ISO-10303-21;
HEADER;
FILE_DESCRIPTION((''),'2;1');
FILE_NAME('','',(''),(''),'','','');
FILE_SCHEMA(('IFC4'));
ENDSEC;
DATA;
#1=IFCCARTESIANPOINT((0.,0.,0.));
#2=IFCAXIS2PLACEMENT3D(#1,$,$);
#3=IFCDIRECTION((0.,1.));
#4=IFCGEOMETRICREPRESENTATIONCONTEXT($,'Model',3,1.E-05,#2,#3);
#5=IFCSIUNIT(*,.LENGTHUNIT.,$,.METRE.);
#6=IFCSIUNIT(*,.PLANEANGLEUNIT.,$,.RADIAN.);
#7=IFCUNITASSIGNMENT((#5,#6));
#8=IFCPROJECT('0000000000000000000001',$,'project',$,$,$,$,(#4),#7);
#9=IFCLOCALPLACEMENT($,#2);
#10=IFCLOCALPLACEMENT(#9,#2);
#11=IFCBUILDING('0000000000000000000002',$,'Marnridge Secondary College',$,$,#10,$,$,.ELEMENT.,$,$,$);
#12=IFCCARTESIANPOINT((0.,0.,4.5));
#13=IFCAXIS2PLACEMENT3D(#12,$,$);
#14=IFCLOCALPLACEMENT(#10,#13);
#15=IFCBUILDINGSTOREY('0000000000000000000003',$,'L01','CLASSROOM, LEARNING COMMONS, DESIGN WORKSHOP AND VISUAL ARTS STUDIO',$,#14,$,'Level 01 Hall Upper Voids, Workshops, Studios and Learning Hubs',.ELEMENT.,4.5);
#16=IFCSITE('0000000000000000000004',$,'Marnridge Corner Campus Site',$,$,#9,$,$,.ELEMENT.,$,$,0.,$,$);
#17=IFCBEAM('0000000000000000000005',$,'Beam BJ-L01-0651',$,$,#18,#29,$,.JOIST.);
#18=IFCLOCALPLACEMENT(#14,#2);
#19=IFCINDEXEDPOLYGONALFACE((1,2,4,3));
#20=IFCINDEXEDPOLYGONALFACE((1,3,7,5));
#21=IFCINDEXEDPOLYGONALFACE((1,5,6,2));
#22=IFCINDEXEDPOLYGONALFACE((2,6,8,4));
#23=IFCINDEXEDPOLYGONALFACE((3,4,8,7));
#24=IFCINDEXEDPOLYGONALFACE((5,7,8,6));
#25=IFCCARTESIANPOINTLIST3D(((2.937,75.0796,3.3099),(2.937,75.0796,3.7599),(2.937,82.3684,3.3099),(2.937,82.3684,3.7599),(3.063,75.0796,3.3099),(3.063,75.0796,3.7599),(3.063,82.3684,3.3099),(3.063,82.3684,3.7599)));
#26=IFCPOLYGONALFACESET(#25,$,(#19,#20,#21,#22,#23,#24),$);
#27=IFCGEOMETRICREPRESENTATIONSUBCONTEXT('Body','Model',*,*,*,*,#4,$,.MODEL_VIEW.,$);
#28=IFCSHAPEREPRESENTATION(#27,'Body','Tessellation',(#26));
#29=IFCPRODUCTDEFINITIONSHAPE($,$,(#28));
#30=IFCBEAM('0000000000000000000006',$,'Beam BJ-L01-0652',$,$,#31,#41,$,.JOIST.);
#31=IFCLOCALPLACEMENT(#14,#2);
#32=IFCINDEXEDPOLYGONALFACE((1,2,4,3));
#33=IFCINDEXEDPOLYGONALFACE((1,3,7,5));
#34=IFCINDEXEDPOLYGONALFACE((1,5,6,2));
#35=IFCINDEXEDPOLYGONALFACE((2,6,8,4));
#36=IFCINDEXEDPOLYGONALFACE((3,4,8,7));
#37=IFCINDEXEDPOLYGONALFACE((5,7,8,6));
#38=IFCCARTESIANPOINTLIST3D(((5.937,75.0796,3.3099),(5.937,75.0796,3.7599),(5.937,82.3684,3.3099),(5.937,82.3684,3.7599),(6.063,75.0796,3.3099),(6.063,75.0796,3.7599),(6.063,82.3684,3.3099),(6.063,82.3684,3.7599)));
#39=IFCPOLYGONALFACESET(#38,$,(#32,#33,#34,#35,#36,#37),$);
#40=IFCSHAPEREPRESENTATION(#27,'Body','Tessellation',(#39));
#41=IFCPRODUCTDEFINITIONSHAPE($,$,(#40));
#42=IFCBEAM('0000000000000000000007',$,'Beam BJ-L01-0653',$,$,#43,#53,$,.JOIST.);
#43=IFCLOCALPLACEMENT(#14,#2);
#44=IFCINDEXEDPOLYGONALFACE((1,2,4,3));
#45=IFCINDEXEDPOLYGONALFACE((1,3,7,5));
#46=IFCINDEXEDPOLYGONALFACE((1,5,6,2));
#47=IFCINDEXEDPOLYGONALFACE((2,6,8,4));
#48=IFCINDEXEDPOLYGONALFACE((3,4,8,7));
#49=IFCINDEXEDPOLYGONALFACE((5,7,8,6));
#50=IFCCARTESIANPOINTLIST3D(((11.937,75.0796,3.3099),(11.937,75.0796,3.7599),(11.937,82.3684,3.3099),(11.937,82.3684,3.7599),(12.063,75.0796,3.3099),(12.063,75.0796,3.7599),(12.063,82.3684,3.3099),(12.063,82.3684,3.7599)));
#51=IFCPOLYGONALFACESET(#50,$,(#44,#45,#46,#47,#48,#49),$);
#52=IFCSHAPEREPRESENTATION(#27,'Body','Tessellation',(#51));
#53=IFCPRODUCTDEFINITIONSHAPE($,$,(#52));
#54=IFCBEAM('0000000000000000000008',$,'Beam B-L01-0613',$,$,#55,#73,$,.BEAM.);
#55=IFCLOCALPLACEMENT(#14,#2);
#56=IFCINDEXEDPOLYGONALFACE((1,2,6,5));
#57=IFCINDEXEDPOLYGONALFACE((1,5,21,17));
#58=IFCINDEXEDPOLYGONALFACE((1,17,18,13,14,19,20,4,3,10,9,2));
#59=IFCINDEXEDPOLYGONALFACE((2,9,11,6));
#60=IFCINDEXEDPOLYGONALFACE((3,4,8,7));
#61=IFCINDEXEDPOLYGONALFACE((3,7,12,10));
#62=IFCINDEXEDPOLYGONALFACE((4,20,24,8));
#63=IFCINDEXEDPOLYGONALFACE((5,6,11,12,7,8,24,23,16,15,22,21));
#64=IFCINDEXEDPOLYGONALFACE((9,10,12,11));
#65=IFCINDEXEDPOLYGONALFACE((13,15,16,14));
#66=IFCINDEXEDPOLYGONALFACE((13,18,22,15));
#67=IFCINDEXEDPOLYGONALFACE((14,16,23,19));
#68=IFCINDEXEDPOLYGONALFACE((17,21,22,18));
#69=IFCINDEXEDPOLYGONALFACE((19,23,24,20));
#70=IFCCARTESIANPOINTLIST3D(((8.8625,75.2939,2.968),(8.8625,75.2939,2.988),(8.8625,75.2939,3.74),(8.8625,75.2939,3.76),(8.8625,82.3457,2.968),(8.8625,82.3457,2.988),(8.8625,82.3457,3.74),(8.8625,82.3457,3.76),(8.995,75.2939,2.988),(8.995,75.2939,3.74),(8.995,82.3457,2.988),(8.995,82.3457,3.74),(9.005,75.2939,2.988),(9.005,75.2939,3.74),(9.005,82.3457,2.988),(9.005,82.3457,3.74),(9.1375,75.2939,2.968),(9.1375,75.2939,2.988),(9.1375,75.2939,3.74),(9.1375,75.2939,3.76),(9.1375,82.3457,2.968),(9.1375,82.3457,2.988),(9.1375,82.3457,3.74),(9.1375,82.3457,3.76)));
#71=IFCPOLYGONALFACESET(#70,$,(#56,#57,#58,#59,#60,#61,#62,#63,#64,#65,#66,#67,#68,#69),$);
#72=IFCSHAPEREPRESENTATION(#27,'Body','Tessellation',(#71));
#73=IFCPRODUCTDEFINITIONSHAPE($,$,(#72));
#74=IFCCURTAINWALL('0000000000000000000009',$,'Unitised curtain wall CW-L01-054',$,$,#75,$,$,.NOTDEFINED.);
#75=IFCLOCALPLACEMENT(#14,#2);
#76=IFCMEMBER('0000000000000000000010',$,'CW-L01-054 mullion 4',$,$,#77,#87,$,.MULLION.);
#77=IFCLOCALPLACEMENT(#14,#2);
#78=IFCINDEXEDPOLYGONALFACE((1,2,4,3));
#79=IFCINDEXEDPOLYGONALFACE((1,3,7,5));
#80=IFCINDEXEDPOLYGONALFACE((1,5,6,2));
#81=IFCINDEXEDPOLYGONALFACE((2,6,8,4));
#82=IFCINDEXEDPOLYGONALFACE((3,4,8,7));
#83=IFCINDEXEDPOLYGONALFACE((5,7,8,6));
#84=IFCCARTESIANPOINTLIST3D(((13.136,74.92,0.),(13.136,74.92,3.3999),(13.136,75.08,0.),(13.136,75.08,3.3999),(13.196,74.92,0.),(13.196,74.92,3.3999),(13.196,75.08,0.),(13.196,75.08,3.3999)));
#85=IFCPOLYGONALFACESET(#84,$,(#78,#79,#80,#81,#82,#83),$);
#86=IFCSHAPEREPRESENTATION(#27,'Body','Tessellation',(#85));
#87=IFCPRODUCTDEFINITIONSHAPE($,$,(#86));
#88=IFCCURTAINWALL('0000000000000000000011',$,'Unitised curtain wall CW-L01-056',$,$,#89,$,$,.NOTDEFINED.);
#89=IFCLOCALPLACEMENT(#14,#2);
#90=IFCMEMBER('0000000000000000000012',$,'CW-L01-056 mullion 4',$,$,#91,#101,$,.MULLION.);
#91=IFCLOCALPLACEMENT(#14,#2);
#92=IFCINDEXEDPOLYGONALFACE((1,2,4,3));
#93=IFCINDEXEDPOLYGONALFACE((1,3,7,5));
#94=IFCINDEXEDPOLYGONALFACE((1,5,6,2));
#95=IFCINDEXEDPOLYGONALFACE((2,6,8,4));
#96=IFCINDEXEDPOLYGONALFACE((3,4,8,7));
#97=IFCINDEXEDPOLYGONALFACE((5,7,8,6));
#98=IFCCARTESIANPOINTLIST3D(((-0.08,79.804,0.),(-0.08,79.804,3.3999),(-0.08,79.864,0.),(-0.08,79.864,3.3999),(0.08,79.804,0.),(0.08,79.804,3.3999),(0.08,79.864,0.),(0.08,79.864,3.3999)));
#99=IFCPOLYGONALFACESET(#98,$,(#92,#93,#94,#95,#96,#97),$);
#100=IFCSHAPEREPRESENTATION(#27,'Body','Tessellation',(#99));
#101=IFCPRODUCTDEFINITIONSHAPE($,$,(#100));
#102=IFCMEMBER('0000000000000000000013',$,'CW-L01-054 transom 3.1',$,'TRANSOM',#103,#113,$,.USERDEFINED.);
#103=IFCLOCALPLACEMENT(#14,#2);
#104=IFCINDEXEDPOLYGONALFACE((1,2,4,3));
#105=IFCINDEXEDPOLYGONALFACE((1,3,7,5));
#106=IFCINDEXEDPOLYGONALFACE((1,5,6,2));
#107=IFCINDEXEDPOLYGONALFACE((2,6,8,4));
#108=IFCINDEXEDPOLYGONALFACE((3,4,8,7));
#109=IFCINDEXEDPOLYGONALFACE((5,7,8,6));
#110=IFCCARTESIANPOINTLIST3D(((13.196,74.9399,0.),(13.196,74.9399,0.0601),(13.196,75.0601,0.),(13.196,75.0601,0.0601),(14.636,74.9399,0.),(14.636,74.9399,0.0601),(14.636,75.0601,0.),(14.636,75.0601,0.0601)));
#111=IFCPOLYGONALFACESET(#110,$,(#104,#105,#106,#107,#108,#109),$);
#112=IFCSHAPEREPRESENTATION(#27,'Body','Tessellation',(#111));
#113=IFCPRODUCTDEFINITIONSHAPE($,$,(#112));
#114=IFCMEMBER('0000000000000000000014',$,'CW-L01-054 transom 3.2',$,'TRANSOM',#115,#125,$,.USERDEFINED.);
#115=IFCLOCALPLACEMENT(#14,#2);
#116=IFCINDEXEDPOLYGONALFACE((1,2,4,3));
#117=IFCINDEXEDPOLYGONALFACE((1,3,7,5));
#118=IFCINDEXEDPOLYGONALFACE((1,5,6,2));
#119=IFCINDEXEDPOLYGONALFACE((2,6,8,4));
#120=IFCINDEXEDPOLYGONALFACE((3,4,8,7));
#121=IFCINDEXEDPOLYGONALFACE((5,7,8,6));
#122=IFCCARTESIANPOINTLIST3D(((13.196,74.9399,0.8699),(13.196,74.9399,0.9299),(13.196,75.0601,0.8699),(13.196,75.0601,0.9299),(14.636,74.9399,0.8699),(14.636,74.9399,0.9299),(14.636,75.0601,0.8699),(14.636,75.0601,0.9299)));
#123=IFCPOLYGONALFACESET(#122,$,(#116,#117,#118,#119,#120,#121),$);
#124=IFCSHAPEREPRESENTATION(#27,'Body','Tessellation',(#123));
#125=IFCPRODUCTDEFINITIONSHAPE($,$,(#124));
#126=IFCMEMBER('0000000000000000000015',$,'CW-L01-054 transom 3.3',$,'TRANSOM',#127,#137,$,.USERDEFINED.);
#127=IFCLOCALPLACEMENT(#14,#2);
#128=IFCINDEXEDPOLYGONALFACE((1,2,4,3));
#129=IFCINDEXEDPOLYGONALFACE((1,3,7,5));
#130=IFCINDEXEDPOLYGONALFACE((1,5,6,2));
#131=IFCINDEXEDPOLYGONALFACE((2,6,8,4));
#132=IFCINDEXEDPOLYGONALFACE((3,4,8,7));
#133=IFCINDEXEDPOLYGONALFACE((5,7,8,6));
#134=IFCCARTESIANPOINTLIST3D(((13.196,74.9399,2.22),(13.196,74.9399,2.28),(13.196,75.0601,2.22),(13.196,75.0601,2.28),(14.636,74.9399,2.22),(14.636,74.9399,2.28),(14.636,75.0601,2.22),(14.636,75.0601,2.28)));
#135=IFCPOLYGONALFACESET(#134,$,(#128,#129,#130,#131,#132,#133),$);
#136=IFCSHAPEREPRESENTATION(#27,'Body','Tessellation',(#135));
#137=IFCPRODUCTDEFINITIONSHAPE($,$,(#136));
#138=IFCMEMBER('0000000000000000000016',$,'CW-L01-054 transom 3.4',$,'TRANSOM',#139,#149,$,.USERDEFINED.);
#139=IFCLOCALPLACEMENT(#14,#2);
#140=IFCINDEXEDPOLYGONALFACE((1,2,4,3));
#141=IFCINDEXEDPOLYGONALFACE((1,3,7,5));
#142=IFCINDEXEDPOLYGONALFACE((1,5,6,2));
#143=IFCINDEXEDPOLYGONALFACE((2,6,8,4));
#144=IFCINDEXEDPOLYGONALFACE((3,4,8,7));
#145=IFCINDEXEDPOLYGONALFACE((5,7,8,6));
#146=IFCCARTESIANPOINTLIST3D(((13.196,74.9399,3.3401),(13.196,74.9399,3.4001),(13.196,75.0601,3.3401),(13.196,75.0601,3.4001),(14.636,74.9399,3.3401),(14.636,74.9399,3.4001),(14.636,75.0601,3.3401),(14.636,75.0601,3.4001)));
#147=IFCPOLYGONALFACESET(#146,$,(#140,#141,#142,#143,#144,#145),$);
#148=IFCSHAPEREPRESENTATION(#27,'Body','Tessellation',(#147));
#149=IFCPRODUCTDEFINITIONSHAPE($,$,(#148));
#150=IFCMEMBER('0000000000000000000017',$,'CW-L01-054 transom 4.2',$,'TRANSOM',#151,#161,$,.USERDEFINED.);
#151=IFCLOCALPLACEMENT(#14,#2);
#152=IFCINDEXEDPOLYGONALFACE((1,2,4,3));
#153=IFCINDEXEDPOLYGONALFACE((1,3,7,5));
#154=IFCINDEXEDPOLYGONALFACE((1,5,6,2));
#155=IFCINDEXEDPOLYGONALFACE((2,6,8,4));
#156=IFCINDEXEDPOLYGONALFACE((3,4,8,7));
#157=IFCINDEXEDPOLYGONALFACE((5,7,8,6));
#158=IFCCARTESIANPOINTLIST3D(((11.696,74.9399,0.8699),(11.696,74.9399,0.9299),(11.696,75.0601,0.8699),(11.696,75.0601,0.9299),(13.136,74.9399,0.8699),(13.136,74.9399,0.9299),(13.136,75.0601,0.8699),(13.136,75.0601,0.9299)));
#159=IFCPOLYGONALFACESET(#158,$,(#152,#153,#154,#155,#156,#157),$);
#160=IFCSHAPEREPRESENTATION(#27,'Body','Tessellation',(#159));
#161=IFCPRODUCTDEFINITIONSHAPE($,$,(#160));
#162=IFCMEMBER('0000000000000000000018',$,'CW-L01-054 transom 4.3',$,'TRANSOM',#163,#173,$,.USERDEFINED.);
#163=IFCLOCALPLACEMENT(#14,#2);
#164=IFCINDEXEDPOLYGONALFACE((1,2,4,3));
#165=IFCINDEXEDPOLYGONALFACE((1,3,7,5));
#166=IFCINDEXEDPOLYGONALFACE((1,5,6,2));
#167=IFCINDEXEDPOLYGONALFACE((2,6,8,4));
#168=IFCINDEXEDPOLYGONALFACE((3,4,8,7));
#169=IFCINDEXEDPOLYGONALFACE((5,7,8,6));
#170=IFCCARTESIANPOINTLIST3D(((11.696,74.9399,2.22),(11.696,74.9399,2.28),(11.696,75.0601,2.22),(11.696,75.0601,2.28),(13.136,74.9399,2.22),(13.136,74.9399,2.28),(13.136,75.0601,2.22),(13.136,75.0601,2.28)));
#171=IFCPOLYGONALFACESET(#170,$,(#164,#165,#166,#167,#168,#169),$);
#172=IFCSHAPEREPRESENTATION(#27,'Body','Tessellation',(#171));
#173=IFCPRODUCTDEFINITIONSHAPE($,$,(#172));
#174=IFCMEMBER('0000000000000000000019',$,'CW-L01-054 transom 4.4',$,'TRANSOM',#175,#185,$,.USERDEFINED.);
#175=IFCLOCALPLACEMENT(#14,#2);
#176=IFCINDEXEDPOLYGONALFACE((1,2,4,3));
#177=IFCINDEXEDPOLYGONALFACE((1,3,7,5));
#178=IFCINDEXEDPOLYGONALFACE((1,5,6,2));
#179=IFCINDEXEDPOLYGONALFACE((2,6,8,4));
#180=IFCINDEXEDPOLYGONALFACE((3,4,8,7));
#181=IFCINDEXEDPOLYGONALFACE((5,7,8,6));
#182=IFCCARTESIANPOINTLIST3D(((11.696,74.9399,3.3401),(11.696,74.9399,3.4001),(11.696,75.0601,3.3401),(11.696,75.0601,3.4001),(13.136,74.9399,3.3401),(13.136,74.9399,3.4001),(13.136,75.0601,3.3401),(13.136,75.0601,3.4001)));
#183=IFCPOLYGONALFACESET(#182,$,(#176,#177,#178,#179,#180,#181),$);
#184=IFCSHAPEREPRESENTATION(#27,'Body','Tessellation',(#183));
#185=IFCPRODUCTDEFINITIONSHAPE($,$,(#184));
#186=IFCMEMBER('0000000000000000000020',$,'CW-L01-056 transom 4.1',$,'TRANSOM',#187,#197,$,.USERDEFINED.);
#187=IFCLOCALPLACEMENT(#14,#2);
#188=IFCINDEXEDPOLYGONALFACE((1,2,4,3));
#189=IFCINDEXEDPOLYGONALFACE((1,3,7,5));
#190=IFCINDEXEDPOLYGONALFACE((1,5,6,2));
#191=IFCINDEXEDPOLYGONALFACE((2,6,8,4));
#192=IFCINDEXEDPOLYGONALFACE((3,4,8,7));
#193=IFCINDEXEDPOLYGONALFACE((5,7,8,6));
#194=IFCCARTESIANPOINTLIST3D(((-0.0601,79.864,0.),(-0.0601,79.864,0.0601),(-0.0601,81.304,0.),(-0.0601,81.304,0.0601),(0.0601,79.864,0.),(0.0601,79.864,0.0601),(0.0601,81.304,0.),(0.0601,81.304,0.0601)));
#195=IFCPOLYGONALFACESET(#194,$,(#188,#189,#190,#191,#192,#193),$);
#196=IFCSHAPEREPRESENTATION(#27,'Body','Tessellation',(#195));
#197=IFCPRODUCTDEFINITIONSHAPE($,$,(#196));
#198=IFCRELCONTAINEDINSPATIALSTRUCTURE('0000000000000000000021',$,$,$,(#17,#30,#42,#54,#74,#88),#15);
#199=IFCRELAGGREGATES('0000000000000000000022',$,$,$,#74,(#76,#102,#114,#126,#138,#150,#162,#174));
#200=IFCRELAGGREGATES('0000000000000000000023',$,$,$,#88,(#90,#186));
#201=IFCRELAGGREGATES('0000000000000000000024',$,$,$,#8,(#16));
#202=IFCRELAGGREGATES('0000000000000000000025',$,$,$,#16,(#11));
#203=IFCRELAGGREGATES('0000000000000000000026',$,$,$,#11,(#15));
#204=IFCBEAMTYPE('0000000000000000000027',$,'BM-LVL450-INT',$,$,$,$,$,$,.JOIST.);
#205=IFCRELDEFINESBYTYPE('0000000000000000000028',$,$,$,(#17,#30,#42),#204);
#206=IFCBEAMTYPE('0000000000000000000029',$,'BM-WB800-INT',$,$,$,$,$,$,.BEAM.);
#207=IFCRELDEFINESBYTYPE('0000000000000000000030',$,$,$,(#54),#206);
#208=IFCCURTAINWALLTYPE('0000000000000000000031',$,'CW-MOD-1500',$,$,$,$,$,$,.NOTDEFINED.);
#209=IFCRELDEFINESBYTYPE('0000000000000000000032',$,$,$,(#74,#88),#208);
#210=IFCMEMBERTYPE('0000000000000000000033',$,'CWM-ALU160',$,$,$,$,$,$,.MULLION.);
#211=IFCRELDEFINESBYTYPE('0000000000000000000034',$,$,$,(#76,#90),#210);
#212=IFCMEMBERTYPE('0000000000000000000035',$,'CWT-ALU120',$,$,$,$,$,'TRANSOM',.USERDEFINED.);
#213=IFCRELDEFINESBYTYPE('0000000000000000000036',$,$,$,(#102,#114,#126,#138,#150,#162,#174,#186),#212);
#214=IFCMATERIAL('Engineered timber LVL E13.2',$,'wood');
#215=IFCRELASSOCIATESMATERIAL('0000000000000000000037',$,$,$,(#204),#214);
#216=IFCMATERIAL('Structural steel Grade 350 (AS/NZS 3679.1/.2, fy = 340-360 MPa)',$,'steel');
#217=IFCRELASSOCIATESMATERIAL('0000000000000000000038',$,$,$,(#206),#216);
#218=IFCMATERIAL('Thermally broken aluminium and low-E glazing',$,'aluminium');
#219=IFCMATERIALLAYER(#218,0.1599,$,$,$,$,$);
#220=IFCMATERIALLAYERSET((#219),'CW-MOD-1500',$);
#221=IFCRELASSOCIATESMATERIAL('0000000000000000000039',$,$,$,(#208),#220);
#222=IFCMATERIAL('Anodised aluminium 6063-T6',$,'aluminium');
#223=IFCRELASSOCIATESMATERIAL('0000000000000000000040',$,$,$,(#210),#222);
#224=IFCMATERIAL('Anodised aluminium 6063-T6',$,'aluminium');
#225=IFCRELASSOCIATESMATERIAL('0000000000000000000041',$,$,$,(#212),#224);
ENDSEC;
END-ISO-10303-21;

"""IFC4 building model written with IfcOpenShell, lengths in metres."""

from ifc_helpers import new_model, si_unit, direction, frame, origin, origin_2d, place, context, subcontext, project, spatial, rectangle, i_section, extrude, material, layer, layer_set, material_profile, profile_set, type_object, element, aggregate, save


model = new_model("IFC4")

# Units and contexts
model_context = context("Model", 3, precision=1e-05, world=origin(), true_north=direction((0.0, 1.0)))
body_context = subcontext(model_context, "Body", "Model", "MODEL_VIEW")
ifc_project = project(units=[si_unit("LENGTHUNIT", "METRE"), si_unit("PLANEANGLEUNIT", "RADIAN")], contexts=[model_context])

# Site, building, storey
site_placement = place(None, origin())
site = spatial("IfcSite", under=ifc_project, at=site_placement, Name="Marnridge Corner Campus Site", CompositionType="ELEMENT", RefElevation=0.0)
building_placement = place(site_placement, origin())
building = spatial("IfcBuilding", under=site, at=building_placement, Name="Marnridge Secondary College", CompositionType="ELEMENT")
storey_placement = place(building_placement, frame((0.0, 0.0, 4.5)))
storey = spatial("IfcBuildingStorey", under=building, at=storey_placement, Name="L01", Description="CLASSROOM, LEARNING COMMONS, DESIGN WORKSHOP AND VISUAL ARTS STUDIO", LongName="Level 01 Hall Upper Voids, Workshops, Studios and Learning Hubs", CompositionType="ELEMENT", Elevation=4.5)

# Beams
ifc_material_1 = material(Name="Engineered timber LVL E13.2", Category="wood")
ifc_material_profile_1 = material_profile(ifc_material_1, rectangle(XDim=0.126, YDim=0.45, at=origin_2d()), Name="LVL 126x450")
ifc_profile_set_1 = profile_set([ifc_material_profile_1], Name="Engineered timber LVL E13.2")
beam_type_1 = type_object("IfcBeamType", Name="BM-LVL450-INT", PredefinedType="JOIST", material=ifc_profile_set_1)
for number, where, z_axis, x_axis, name in (
    (1, (3.0, 75.0796, 3.5349), (0.0, 1.0, 0.0), (-1.0, 0.0, 0.0), "Beam BJ-L01-0651"),
    (2, (6.0, 75.0796, 3.5349), (0.0, 1.0, 0.0), (-1.0, 0.0, 0.0), "Beam BJ-L01-0652"),
    (3, (12.0, 75.0796, 3.5349), (0.0, 1.0, 0.0), (-1.0, 0.0, 0.0), "Beam BJ-L01-0653"),
):
    element("IfcBeam", number, at=place(storey_placement, frame(where, z_axis=z_axis, x_axis=x_axis)), inside=storey, type_object=beam_type_1, Name=name, PredefinedType="JOIST", context=body_context, shape_type="SweptSolid", body=[
        extrude(rectangle(XDim=0.126, YDim=0.45, at=origin_2d()), origin(), (0.0, 0.0, 1.0), 7.2888),
    ])
ifc_material_2 = material(Name="Structural steel Grade 350 (AS/NZS 3679.1/.2, fy = 340-360 MPa)", Category="steel")
ifc_material_profile_2 = material_profile(ifc_material_2, i_section(OverallWidth=0.2749, OverallDepth=0.792, WebThickness=0.01, FlangeThickness=0.02, at=origin_2d()), Name="800WB146")
ifc_profile_set_2 = profile_set([ifc_material_profile_2], Name="Structural steel Grade 350 (AS/NZS 3679.1/.2, fy = 340-360 MPa)")
beam_type_2 = type_object("IfcBeamType", Name="BM-WB800-INT", PredefinedType="BEAM", material=ifc_profile_set_2)
beam_placement = place(storey_placement, frame((9.0, 75.2939, 3.364), z_axis=(0.0, 1.0, 0.0), x_axis=(-1.0, 0.0, 0.0)))
element("IfcBeam", 4, at=beam_placement, inside=storey, type_object=beam_type_2, Name="Beam B-L01-0613", PredefinedType="BEAM", context=body_context, shape_type="SweptSolid", body=[
    extrude(i_section(OverallWidth=0.2749, OverallDepth=0.792, WebThickness=0.01, FlangeThickness=0.02, at=origin_2d()), origin(), (0.0, 0.0, 1.0), 7.0518),
])

# Curtain walls, members
ifc_material_3 = material(Name="Thermally broken aluminium and low-E glazing", Category="aluminium")
ifc_layer_1 = layer(ifc_material_3, 0.1599)
ifc_layer_set_1 = layer_set([ifc_layer_1], Name="CW-MOD-1500")
curtain_wall_type = type_object("IfcCurtainWallType", Name="CW-MOD-1500", PredefinedType="NOTDEFINED", material=ifc_layer_set_1)
curtain_wall_1_placement = place(storey_placement, origin())
curtain_wall_1 = element("IfcCurtainWall", 5, at=curtain_wall_1_placement, inside=storey, type_object=curtain_wall_type, Name="Unitised curtain wall CW-L01-054", PredefinedType="NOTDEFINED")
ifc_material_4 = material(Name="Anodised aluminium 6063-T6", Category="aluminium")
ifc_material_profile_3 = material_profile(ifc_material_4, rectangle(XDim=0.0601, YDim=0.1599, at=origin_2d()), Name="ALU 60x160")
ifc_profile_set_3 = profile_set([ifc_material_profile_3], Name="Anodised aluminium 6063-T6")
member_type_1 = type_object("IfcMemberType", Name="CWM-ALU160", PredefinedType="MULLION", material=ifc_profile_set_3)
member_1_placement = place(storey_placement, frame((13.166, 75.0, 0.0), z_axis=(0.0, 0.0, 1.0), x_axis=(-1.0, 0.0, 0.0)))
member_1 = element("IfcMember", 6, at=member_1_placement, type_object=member_type_1, Name="CW-L01-054 mullion 4", PredefinedType="MULLION", context=body_context, shape_type="SweptSolid", body=[
    extrude(rectangle(XDim=0.0601, YDim=0.1599, at=origin_2d()), origin(), (0.0, 0.0, 1.0), 3.3999),
])
curtain_wall_2_placement = place(storey_placement, origin())
curtain_wall_2 = element("IfcCurtainWall", 7, at=curtain_wall_2_placement, inside=storey, type_object=curtain_wall_type, Name="Unitised curtain wall CW-L01-056", PredefinedType="NOTDEFINED")
member_2_placement = place(storey_placement, frame((0.0, 79.834, 0.0), z_axis=(0.0, 0.0, 1.0), x_axis=(0.0, 1.0, 0.0)))
member_2 = element("IfcMember", 8, at=member_2_placement, type_object=member_type_1, Name="CW-L01-056 mullion 4", PredefinedType="MULLION", context=body_context, shape_type="SweptSolid", body=[
    extrude(rectangle(XDim=0.0601, YDim=0.1599, at=origin_2d()), origin(), (0.0, 0.0, 1.0), 3.3999),
])

# Members
ifc_material_5 = material(Name="Anodised aluminium 6063-T6", Category="aluminium")
ifc_material_profile_4 = material_profile(ifc_material_5, rectangle(XDim=0.0601, YDim=0.1201, at=origin_2d()), Name="ALU 60x120")
ifc_profile_set_4 = profile_set([ifc_material_profile_4], Name="Anodised aluminium 6063-T6")
member_type_2 = type_object("IfcMemberType", Name="CWT-ALU120", ElementType="TRANSOM", PredefinedType="USERDEFINED", material=ifc_profile_set_4)
member_3_placement = place(storey_placement, frame((14.636, 75.0, 0.03), z_axis=(-1.0, 0.0, 0.0), x_axis=(0.0, 0.0, 1.0)))
member_3 = element("IfcMember", 9, at=member_3_placement, type_object=member_type_2, Name="CW-L01-054 transom 3.1", ObjectType="TRANSOM", PredefinedType="USERDEFINED", context=body_context, shape_type="SweptSolid", body=[
    extrude(rectangle(XDim=0.0601, YDim=0.1201, at=origin_2d()), origin(), (0.0, 0.0, 1.0), 1.4399),
])
member_4_placement = place(storey_placement, frame((14.636, 75.0, 0.8999), z_axis=(-1.0, 0.0, 0.0), x_axis=(0.0, 0.0, 1.0)))
member_4 = element("IfcMember", 10, at=member_4_placement, type_object=member_type_2, Name="CW-L01-054 transom 3.2", ObjectType="TRANSOM", PredefinedType="USERDEFINED", context=body_context, shape_type="SweptSolid", body=[
    extrude(rectangle(XDim=0.0601, YDim=0.1201, at=origin_2d()), origin(), (0.0, 0.0, 1.0), 1.4399),
])
member_5_placement = place(storey_placement, frame((14.636, 75.0, 2.25), z_axis=(-1.0, 0.0, 0.0), x_axis=(0.0, 0.0, 1.0)))
member_5 = element("IfcMember", 11, at=member_5_placement, type_object=member_type_2, Name="CW-L01-054 transom 3.3", ObjectType="TRANSOM", PredefinedType="USERDEFINED", context=body_context, shape_type="SweptSolid", body=[
    extrude(rectangle(XDim=0.0601, YDim=0.1201, at=origin_2d()), origin(), (0.0, 0.0, 1.0), 1.4399),
])
member_6_placement = place(storey_placement, frame((14.636, 75.0, 3.3701), z_axis=(-1.0, 0.0, 0.0), x_axis=(0.0, 0.0, 1.0)))
member_6 = element("IfcMember", 12, at=member_6_placement, type_object=member_type_2, Name="CW-L01-054 transom 3.4", ObjectType="TRANSOM", PredefinedType="USERDEFINED", context=body_context, shape_type="SweptSolid", body=[
    extrude(rectangle(XDim=0.0601, YDim=0.1201, at=origin_2d()), origin(), (0.0, 0.0, 1.0), 1.4399),
])
member_7_placement = place(storey_placement, frame((13.136, 75.0, 0.8999), z_axis=(-1.0, 0.0, 0.0), x_axis=(0.0, 0.0, 1.0)))
member_7 = element("IfcMember", 13, at=member_7_placement, type_object=member_type_2, Name="CW-L01-054 transom 4.2", ObjectType="TRANSOM", PredefinedType="USERDEFINED", context=body_context, shape_type="SweptSolid", body=[
    extrude(rectangle(XDim=0.0601, YDim=0.1201, at=origin_2d()), origin(), (0.0, 0.0, 1.0), 1.4399),
])
member_8_placement = place(storey_placement, frame((13.136, 75.0, 2.25), z_axis=(-1.0, 0.0, 0.0), x_axis=(0.0, 0.0, 1.0)))
member_8 = element("IfcMember", 14, at=member_8_placement, type_object=member_type_2, Name="CW-L01-054 transom 4.3", ObjectType="TRANSOM", PredefinedType="USERDEFINED", context=body_context, shape_type="SweptSolid", body=[
    extrude(rectangle(XDim=0.0601, YDim=0.1201, at=origin_2d()), origin(), (0.0, 0.0, 1.0), 1.4399),
])
member_9_placement = place(storey_placement, frame((13.136, 75.0, 3.3701), z_axis=(-1.0, 0.0, 0.0), x_axis=(0.0, 0.0, 1.0)))
member_9 = element("IfcMember", 15, at=member_9_placement, type_object=member_type_2, Name="CW-L01-054 transom 4.4", ObjectType="TRANSOM", PredefinedType="USERDEFINED", context=body_context, shape_type="SweptSolid", body=[
    extrude(rectangle(XDim=0.0601, YDim=0.1201, at=origin_2d()), origin(), (0.0, 0.0, 1.0), 1.4399),
])
member_10_placement = place(storey_placement, frame((0.0, 79.864, 0.03), z_axis=(0.0, 1.0, 0.0), x_axis=(0.0, 0.0, 1.0)))
member_10 = element("IfcMember", 16, at=member_10_placement, type_object=member_type_2, Name="CW-L01-056 transom 4.1", ObjectType="TRANSOM", PredefinedType="USERDEFINED", context=body_context, shape_type="SweptSolid", body=[
    extrude(rectangle(XDim=0.0601, YDim=0.1201, at=origin_2d()), origin(), (0.0, 0.0, 1.0), 1.4399),
])

aggregate(curtain_wall_1, [member_1, member_3, member_4, member_5, member_6, member_7, member_8, member_9])
aggregate(curtain_wall_2, [member_2, member_10])

save(model, "model.ifc")
